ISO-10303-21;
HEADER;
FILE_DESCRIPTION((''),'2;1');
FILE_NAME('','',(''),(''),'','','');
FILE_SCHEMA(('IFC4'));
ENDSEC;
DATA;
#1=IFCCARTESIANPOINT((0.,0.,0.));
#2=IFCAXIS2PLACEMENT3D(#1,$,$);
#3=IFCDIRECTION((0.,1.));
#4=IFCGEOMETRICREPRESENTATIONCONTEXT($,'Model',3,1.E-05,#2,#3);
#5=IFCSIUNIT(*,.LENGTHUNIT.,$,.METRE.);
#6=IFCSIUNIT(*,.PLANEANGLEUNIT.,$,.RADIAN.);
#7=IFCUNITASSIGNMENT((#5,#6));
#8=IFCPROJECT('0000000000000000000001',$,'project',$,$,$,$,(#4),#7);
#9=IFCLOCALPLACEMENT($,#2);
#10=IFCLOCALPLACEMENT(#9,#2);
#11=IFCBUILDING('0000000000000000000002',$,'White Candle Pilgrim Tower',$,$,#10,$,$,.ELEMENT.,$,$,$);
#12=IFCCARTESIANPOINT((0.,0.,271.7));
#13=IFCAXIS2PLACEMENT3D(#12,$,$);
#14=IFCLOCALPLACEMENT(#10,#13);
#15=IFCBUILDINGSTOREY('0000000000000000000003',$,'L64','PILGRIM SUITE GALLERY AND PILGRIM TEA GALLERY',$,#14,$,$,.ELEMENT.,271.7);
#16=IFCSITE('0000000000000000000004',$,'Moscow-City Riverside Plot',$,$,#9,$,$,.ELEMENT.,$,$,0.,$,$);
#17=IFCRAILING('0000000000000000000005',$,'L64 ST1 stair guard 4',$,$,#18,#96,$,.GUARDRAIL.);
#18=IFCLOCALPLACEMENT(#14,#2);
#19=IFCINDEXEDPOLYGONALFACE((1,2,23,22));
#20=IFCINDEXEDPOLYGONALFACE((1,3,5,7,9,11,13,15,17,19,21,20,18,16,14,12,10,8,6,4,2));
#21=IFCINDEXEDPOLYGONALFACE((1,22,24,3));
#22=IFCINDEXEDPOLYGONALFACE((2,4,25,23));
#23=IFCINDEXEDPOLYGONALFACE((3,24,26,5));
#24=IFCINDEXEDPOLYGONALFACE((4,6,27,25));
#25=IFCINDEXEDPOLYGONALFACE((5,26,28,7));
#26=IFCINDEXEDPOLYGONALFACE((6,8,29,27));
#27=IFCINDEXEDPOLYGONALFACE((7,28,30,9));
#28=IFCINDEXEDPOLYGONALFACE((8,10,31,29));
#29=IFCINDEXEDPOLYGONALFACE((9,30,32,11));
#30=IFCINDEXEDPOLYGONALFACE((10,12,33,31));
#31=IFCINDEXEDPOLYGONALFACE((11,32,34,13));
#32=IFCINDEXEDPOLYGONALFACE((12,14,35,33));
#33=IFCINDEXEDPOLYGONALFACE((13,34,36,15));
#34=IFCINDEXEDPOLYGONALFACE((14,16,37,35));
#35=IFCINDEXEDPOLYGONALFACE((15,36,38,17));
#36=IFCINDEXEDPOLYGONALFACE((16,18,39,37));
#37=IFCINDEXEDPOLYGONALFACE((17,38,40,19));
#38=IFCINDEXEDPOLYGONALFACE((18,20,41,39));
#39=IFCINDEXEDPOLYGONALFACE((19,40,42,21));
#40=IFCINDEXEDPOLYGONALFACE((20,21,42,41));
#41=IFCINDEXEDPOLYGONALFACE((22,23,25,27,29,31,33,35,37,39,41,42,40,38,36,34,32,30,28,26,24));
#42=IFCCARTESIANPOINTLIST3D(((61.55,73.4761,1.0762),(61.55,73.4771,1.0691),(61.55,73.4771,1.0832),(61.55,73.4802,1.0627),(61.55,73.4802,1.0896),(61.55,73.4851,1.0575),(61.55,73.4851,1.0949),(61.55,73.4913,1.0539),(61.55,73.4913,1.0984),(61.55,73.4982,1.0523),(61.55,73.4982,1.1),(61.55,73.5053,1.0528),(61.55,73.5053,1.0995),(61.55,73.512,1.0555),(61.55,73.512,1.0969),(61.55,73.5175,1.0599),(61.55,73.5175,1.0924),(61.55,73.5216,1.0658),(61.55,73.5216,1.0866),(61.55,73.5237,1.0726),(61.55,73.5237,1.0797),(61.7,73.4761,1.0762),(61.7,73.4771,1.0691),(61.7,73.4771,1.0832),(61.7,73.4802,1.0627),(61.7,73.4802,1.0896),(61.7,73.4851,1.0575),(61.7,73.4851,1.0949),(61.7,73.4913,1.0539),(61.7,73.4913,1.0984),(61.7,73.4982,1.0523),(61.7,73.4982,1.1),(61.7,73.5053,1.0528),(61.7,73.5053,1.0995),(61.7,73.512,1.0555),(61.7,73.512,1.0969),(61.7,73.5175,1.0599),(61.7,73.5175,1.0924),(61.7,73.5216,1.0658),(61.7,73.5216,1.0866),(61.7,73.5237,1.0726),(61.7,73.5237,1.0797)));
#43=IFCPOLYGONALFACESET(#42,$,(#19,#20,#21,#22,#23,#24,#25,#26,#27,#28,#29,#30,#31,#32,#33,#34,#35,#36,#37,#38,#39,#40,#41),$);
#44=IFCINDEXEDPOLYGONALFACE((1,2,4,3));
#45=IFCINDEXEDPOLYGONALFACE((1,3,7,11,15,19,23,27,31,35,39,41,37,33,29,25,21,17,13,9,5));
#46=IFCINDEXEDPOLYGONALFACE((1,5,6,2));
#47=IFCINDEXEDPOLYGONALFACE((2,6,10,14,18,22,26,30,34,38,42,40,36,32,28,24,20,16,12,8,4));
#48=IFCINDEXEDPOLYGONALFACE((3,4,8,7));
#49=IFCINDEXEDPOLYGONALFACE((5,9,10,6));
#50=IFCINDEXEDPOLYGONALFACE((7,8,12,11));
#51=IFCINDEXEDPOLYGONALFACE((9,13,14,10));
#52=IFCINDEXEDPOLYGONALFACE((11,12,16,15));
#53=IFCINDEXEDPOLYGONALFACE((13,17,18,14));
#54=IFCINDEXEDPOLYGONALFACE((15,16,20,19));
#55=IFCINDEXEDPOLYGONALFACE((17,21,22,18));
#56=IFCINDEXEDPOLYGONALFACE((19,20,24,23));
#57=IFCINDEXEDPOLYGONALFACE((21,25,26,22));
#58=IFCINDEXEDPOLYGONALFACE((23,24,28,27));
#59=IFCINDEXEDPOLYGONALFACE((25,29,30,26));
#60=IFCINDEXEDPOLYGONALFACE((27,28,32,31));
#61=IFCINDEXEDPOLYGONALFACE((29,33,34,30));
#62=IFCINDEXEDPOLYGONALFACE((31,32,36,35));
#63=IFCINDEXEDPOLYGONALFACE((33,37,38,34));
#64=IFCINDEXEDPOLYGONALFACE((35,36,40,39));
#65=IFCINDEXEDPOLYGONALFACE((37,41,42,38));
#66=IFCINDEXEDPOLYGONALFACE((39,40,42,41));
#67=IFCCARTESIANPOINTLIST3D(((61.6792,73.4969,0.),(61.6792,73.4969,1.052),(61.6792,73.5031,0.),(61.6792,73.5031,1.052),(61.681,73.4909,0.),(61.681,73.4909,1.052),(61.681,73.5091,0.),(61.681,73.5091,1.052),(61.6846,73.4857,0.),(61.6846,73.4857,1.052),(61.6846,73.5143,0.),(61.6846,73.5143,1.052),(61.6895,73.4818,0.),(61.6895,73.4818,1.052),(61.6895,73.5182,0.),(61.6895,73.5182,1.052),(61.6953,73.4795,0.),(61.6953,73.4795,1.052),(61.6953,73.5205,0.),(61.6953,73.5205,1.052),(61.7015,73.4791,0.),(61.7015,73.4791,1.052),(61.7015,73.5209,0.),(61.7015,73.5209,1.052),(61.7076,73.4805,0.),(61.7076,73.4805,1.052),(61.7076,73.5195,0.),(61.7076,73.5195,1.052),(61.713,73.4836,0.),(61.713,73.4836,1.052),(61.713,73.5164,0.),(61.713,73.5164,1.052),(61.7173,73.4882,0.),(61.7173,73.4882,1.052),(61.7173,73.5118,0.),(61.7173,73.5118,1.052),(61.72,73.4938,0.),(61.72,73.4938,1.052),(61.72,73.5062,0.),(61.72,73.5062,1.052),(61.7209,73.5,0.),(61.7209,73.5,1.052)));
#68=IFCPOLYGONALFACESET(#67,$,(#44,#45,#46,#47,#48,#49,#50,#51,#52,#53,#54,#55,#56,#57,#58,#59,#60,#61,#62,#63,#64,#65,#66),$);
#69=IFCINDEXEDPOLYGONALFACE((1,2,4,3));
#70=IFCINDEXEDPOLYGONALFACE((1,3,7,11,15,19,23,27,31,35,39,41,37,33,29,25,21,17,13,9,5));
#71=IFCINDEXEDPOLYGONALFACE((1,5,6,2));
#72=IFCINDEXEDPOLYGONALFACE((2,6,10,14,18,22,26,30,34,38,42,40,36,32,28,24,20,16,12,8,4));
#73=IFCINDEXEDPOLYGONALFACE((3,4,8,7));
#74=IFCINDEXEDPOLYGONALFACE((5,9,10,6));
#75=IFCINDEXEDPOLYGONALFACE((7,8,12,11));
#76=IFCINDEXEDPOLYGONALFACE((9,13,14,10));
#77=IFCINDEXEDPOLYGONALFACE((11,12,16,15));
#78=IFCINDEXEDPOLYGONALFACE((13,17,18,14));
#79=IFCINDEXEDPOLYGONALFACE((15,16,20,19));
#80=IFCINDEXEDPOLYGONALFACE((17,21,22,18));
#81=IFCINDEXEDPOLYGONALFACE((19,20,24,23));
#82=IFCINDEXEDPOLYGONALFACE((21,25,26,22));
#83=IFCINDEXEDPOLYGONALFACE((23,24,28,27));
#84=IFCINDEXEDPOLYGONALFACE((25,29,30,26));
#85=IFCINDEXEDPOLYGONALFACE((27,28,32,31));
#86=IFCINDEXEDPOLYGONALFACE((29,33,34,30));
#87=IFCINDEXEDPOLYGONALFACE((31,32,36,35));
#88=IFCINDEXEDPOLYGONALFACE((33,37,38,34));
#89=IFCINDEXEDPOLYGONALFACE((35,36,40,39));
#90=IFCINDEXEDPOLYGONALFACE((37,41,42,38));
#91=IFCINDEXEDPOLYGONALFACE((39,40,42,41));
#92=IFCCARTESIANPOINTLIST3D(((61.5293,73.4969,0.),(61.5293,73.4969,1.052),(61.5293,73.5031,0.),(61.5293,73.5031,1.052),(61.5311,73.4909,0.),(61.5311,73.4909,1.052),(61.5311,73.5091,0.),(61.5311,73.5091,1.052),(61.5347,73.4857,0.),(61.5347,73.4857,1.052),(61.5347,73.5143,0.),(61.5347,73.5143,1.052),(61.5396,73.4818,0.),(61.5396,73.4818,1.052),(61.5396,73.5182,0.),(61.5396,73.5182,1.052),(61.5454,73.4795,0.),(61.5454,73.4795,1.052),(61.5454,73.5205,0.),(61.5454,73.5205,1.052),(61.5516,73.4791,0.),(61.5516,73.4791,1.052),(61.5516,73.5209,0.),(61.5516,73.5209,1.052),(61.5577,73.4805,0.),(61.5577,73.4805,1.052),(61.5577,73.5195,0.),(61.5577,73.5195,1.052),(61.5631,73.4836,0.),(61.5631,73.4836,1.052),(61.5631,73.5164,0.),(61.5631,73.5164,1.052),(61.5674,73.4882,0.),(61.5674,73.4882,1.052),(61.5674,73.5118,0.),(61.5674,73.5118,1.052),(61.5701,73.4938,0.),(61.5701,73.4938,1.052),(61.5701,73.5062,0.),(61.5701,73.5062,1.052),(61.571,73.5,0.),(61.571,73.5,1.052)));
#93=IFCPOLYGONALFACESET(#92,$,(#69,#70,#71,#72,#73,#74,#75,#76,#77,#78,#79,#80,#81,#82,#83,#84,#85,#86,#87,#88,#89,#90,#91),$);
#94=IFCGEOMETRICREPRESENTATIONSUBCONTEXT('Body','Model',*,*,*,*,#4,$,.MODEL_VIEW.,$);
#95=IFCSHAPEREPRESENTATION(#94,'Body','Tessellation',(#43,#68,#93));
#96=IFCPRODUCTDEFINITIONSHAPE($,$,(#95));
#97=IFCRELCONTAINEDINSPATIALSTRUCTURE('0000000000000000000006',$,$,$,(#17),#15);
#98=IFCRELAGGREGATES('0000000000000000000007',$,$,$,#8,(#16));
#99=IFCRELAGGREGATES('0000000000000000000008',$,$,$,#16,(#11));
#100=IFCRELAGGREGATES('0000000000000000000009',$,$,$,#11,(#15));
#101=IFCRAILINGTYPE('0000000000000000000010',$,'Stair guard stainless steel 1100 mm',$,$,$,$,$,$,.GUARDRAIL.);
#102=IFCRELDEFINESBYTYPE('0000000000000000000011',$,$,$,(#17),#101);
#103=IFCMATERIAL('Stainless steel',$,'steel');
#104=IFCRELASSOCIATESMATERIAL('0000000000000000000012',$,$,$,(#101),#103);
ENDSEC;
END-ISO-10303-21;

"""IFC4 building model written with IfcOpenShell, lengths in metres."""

from ifc_helpers import new_model, si_unit, direction, frame, origin, origin_2d, place, context, subcontext, project, spatial, circle, extrude, material, type_object, element, save


model = new_model("IFC4")

# Units and contexts
model_context = context("Model", 3, precision=1e-05, world=origin(), true_north=direction((0.0, 1.0)))
body_context = subcontext(model_context, "Body", "Model", "MODEL_VIEW")
ifc_project = project(units=[si_unit("LENGTHUNIT", "METRE"), si_unit("PLANEANGLEUNIT", "RADIAN")], contexts=[model_context])

# Site, building, storey
site_placement = place(None, origin())
site = spatial("IfcSite", under=ifc_project, at=site_placement, Name="Moscow-City Riverside Plot", CompositionType="ELEMENT", RefElevation=0.0)
building_placement = place(site_placement, origin())
building = spatial("IfcBuilding", under=site, at=building_placement, Name="White Candle Pilgrim Tower", CompositionType="ELEMENT")
storey_placement = place(building_placement, frame((0.0, 0.0, 271.7)))
storey = spatial("IfcBuildingStorey", under=building, at=storey_placement, Name="L64", Description="PILGRIM SUITE GALLERY AND PILGRIM TEA GALLERY", CompositionType="ELEMENT", Elevation=271.7)

# Railing
ifc_material_1 = material(Name="Stainless steel", Category="steel")
railing_type_1 = type_object("IfcRailingType", Name="Stair guard stainless steel 1100 mm", PredefinedType="GUARDRAIL", material=ifc_material_1)
railing_1_placement = place(storey_placement, frame((61.7, 73.5, 0.0)))
element("IfcRailing", 1, at=railing_1_placement, inside=storey, type_object=railing_type_1, Name="L64 ST1 stair guard 4", PredefinedType="GUARDRAIL", context=body_context, shape_type="SweptSolid", body=[
    extrude(circle(Radius=0.0239, at=origin_2d()), frame((0.0, 0.0, 1.0762), z_axis=(-1.0, 0.0, 0.0), x_axis=(0.0, -1.0, 0.0)), (0.0, 0.0, 1.0), 0.1499),
    extrude(circle(Radius=0.021, at=origin_2d()), origin(), (0.0, 0.0, 1.0), 1.052),
    extrude(circle(Radius=0.021, at=origin_2d()), frame((-0.1499, 0.0, 0.0)), (0.0, 0.0, 1.0), 1.052),
])

save(model, "model.ifc")
